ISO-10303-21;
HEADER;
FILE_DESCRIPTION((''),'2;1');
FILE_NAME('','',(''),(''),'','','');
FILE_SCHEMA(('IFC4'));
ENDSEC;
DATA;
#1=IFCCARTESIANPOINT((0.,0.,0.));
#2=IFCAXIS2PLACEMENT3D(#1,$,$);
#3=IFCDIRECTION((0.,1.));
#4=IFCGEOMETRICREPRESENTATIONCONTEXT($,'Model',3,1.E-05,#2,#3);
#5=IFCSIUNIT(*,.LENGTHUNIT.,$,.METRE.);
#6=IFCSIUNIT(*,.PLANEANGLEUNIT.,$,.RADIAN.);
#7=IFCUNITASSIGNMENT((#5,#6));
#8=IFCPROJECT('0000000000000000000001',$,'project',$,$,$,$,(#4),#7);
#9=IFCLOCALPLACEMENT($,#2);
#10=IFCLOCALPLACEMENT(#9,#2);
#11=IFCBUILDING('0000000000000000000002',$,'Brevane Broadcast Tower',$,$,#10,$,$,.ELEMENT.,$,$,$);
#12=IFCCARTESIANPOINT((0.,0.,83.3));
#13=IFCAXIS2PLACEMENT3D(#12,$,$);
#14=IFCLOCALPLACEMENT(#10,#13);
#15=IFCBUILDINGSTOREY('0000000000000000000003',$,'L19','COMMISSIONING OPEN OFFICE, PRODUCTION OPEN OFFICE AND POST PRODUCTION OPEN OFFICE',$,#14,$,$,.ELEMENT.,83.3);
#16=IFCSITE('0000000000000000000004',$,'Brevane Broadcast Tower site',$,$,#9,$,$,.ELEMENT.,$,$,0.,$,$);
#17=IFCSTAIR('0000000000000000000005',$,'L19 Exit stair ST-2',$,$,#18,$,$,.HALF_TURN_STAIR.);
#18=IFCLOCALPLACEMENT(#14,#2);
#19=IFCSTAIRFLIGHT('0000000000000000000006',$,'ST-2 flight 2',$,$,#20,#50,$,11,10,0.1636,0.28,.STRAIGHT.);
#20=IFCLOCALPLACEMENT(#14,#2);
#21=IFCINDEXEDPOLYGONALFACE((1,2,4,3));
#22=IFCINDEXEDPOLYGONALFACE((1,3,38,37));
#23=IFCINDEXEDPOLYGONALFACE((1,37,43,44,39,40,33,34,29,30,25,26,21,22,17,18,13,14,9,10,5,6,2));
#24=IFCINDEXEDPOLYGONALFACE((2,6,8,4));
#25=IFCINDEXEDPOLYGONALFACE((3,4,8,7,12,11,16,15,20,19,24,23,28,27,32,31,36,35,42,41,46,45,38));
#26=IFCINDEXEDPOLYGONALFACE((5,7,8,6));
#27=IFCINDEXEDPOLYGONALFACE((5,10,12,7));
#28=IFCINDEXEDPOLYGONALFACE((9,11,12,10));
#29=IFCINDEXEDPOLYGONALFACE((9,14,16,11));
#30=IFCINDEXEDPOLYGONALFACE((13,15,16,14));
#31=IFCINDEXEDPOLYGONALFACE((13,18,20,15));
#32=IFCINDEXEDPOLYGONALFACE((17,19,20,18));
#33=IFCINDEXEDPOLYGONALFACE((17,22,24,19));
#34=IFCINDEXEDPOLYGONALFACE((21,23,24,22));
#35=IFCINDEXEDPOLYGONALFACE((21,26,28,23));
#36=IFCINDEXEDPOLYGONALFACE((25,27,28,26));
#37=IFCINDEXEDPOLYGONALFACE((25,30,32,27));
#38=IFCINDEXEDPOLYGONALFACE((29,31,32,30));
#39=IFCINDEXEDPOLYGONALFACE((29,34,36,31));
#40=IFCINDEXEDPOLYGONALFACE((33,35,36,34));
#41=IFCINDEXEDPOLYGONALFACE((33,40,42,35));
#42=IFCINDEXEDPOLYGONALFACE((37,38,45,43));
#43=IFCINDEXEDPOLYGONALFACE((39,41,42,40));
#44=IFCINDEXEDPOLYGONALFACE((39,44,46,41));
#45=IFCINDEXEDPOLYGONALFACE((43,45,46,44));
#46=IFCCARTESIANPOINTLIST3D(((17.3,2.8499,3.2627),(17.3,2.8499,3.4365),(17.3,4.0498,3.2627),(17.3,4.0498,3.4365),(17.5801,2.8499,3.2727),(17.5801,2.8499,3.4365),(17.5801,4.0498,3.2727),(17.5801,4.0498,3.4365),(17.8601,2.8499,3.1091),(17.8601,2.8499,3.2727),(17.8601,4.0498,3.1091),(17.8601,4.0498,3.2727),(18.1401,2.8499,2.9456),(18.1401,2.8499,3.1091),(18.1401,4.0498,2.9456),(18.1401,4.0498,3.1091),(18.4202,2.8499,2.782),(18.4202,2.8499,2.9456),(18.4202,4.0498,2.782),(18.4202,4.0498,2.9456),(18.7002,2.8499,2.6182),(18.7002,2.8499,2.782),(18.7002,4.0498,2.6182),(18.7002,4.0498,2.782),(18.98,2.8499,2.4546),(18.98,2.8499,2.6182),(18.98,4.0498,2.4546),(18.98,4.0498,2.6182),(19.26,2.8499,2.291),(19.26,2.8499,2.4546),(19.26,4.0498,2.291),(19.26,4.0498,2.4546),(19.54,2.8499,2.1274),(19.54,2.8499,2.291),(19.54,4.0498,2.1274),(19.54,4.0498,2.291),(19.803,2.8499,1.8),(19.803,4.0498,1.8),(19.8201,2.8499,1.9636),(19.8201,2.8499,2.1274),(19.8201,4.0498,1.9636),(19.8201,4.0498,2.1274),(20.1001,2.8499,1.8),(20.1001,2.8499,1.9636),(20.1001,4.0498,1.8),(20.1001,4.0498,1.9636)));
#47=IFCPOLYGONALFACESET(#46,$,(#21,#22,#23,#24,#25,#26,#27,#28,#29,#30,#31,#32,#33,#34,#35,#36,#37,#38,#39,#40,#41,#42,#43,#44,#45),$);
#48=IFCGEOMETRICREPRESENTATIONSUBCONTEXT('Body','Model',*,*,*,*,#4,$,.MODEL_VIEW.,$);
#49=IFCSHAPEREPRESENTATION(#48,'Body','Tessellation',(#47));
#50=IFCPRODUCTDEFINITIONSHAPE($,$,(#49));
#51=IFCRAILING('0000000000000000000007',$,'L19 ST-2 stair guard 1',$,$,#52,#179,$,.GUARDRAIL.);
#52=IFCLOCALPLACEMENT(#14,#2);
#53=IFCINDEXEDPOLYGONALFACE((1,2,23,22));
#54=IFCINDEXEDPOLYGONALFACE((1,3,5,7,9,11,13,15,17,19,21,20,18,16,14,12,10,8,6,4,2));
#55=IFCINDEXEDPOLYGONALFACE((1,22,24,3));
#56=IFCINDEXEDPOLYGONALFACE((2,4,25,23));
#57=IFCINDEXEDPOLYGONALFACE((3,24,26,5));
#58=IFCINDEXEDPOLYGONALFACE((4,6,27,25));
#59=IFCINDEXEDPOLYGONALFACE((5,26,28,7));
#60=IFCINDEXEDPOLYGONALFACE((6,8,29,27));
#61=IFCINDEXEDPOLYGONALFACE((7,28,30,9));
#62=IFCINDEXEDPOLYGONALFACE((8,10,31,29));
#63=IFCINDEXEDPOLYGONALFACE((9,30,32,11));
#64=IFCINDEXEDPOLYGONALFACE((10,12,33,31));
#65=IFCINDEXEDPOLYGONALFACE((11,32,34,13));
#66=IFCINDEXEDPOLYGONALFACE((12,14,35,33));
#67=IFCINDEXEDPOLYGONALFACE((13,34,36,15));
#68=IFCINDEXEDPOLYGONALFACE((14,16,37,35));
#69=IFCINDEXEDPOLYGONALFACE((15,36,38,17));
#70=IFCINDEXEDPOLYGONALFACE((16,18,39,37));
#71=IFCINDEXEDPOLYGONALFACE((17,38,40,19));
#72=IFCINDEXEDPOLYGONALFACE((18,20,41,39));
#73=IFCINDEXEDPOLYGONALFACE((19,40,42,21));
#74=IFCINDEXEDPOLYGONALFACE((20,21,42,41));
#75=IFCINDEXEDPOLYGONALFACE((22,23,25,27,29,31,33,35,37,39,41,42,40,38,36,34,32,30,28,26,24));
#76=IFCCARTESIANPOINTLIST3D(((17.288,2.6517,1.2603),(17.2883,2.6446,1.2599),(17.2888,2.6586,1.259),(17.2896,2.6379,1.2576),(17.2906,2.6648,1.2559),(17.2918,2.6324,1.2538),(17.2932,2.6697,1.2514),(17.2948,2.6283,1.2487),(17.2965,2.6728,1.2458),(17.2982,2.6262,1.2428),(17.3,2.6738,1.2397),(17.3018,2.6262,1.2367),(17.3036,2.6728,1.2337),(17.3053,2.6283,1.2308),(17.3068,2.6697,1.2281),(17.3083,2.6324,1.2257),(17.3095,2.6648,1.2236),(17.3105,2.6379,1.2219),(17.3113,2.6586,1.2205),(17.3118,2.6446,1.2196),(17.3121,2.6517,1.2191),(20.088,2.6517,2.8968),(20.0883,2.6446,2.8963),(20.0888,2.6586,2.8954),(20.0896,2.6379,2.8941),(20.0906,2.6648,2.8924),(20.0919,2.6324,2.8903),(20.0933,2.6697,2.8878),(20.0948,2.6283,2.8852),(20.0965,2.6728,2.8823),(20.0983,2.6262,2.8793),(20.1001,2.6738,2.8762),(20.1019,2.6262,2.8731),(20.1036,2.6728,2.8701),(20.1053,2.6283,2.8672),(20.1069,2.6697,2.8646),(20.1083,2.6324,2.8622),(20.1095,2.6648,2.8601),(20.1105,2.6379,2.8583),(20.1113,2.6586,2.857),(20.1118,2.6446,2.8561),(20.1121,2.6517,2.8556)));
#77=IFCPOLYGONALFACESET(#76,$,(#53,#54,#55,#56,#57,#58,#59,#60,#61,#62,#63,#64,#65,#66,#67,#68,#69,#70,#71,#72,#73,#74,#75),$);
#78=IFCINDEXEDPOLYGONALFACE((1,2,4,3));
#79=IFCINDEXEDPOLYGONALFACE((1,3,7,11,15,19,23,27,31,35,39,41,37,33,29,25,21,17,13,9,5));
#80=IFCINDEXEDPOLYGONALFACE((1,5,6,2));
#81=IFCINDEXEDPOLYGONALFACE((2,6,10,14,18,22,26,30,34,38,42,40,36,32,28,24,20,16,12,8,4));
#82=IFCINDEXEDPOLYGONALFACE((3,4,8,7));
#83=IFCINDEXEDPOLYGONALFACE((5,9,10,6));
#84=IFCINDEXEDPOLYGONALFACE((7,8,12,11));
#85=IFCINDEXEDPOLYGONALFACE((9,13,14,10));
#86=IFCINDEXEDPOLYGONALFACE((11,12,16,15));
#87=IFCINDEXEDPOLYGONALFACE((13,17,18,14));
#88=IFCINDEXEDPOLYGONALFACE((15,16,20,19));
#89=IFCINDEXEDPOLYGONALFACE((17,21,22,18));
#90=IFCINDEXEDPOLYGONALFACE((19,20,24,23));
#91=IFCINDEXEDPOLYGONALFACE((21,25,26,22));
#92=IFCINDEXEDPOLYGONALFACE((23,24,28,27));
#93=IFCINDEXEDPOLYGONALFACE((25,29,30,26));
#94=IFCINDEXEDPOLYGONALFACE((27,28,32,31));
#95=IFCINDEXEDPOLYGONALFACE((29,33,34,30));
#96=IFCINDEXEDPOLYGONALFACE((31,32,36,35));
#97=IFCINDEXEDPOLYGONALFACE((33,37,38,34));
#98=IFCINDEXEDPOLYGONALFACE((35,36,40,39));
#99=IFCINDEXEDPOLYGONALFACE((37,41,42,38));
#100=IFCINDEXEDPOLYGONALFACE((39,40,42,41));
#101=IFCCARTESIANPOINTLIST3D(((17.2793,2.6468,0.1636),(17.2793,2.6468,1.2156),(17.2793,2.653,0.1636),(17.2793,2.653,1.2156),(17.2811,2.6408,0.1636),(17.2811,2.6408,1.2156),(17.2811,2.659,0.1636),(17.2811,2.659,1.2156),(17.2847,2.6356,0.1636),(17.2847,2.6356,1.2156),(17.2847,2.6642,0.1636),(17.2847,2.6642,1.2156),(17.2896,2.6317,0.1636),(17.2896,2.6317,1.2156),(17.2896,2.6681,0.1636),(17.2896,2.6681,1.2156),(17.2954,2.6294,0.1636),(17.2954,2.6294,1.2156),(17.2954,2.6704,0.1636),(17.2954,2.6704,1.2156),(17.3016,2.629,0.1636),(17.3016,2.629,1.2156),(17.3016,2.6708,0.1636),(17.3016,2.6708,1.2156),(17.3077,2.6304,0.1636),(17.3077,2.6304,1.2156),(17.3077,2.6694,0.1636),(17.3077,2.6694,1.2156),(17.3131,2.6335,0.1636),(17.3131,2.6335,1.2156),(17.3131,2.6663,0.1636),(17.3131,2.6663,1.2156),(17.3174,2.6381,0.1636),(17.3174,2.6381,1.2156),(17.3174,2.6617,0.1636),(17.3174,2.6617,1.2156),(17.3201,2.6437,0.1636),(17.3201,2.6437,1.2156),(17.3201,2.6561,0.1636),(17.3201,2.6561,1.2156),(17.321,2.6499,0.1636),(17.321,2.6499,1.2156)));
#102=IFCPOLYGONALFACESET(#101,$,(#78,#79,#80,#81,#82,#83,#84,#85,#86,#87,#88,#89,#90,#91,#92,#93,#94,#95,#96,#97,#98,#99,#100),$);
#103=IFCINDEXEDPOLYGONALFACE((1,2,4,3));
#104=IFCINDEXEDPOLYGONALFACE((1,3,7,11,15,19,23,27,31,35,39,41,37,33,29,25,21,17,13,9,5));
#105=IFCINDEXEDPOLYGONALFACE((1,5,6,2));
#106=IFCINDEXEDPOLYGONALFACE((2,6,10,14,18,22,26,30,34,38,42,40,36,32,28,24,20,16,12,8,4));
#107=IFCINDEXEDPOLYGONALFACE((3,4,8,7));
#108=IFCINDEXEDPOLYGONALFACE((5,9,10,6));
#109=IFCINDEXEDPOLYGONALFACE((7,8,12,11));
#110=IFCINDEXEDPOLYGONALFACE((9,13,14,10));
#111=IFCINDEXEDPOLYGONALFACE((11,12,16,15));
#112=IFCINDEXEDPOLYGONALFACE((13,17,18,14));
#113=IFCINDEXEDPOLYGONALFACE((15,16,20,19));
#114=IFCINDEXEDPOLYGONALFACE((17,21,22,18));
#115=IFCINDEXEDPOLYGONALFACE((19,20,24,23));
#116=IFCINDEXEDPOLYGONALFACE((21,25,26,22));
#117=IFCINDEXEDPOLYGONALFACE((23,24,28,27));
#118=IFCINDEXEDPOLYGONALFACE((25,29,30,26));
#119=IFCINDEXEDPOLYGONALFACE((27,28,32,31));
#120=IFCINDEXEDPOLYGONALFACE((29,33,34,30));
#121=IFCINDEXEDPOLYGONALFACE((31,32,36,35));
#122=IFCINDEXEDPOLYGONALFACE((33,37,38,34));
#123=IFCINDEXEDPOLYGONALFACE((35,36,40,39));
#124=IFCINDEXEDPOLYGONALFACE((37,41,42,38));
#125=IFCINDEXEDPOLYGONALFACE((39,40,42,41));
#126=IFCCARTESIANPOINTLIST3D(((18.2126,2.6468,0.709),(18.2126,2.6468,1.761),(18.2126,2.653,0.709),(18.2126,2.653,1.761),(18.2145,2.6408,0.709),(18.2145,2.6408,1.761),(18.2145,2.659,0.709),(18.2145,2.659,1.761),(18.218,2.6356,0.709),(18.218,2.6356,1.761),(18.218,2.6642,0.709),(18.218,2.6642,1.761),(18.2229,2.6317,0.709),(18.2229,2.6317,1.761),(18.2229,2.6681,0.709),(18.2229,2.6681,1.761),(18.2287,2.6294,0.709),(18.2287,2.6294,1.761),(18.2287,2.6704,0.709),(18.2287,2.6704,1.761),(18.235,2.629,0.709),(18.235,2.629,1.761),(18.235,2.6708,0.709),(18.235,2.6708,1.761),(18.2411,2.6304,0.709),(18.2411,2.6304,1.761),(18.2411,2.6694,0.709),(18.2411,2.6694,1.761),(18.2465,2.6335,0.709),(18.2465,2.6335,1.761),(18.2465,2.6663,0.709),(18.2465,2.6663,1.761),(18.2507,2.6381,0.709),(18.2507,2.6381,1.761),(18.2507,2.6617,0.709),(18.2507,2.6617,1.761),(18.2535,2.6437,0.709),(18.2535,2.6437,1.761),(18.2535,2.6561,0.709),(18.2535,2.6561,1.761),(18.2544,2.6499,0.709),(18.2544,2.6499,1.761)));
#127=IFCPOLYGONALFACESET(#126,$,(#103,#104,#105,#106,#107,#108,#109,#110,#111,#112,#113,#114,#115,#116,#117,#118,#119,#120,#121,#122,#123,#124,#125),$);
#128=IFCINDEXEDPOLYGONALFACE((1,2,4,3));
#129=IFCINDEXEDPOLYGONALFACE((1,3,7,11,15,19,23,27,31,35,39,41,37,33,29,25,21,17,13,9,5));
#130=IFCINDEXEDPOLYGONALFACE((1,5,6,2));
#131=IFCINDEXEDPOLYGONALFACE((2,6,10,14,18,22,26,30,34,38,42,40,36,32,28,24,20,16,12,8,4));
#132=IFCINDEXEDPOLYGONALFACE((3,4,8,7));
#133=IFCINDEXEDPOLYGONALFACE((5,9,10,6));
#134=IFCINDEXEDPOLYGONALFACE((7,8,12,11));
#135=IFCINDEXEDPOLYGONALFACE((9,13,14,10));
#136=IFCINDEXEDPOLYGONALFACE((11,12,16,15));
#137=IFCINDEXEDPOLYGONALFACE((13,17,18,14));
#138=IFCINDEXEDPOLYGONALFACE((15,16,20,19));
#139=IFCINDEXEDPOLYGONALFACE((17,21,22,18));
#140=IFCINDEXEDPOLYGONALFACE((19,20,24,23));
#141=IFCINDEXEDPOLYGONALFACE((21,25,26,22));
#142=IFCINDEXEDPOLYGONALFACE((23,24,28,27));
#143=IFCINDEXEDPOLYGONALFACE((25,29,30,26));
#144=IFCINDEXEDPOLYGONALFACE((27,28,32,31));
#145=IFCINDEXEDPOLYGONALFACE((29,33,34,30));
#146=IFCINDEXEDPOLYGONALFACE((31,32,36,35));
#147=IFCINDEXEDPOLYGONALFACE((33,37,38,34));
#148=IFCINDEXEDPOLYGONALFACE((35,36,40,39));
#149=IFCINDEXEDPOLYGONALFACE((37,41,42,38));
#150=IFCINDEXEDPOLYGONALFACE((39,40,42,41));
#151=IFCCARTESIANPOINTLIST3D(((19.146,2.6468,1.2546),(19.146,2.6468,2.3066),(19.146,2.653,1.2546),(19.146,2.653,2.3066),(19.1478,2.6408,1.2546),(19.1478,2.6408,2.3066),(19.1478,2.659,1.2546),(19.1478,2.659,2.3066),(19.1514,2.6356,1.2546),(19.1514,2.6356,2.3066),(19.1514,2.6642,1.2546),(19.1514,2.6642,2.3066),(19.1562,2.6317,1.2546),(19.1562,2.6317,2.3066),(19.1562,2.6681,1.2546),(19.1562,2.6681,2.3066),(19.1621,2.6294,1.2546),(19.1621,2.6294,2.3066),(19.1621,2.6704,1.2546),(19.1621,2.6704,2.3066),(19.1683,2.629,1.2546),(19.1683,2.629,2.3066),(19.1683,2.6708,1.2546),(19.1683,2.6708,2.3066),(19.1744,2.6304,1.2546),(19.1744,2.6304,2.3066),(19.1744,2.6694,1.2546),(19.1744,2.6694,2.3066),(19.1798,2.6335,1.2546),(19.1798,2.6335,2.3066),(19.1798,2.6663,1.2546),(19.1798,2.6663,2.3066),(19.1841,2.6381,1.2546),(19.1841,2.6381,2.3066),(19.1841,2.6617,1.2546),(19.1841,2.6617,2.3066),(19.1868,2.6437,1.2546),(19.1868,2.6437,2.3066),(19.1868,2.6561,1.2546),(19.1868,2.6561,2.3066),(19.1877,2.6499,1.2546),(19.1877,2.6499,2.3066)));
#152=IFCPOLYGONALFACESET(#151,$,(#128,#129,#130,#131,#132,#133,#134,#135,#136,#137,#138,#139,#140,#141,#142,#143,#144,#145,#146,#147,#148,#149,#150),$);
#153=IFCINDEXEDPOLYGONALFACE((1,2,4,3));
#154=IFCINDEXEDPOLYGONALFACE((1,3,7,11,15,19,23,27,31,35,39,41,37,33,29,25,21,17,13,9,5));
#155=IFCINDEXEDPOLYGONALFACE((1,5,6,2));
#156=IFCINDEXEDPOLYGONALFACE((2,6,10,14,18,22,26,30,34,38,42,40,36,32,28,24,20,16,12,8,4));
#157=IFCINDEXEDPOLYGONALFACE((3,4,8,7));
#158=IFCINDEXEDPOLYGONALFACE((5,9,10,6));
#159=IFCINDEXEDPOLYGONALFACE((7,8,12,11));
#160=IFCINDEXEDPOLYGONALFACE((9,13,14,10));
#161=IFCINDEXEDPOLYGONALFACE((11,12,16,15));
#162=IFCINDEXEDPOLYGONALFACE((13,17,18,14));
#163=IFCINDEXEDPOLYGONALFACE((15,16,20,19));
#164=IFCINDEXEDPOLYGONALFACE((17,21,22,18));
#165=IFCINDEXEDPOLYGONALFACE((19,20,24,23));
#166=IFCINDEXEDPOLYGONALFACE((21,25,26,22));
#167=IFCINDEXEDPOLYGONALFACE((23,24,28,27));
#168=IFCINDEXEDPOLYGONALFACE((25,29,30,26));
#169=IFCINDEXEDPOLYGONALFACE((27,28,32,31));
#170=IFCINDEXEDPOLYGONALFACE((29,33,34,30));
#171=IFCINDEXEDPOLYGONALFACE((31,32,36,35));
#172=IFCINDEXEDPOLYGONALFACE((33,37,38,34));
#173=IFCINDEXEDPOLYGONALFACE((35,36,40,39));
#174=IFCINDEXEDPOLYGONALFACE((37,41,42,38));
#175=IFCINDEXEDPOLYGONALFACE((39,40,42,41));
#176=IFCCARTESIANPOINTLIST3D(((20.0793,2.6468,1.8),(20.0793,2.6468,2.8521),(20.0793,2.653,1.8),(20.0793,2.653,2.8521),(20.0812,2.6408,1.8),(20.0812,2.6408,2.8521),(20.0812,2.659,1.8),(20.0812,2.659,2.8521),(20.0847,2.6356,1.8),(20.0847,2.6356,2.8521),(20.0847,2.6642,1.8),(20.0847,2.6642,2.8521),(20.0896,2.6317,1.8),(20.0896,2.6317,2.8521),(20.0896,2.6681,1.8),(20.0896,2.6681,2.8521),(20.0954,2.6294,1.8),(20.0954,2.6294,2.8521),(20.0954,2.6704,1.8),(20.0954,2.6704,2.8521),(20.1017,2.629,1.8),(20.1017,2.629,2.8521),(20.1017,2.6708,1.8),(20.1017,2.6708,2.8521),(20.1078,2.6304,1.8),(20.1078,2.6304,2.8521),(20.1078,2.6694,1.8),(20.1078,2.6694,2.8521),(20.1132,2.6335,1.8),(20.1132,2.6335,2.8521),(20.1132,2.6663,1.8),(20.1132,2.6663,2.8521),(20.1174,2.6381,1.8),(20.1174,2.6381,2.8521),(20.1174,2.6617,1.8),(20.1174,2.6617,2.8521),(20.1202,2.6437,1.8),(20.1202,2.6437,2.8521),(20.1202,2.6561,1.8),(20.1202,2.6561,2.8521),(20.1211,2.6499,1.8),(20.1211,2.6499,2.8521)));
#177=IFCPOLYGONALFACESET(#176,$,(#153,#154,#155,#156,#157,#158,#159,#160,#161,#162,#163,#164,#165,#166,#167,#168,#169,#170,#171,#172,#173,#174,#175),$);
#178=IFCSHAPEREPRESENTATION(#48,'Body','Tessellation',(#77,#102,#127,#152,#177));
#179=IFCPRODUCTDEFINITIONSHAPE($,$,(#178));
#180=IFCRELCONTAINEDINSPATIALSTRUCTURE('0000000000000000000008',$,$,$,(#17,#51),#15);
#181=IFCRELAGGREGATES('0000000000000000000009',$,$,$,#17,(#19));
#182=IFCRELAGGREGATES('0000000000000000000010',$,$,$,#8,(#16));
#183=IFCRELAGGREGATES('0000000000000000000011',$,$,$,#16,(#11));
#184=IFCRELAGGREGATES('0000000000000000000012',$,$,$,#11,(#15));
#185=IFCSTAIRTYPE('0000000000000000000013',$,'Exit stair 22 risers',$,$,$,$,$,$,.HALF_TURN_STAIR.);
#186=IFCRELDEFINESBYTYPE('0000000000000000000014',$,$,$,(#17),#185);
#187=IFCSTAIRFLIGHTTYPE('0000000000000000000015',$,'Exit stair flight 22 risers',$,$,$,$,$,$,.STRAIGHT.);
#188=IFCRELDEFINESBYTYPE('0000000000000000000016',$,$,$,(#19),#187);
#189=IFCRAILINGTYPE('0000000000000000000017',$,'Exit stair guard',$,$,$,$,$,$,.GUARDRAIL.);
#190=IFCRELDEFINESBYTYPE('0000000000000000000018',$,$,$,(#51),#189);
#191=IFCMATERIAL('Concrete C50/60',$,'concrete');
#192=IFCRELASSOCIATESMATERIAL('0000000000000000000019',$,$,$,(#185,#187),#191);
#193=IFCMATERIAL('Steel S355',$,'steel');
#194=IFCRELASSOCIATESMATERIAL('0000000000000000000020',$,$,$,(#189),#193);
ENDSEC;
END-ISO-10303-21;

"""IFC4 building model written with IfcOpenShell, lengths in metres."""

from ifc_helpers import new_model, si_unit, direction, frame, origin, origin_2d, place, context, subcontext, project, spatial, polyline, circle, outline, extrude, material, type_object, element, aggregate, save


model = new_model("IFC4")

# Units and contexts
model_context = context("Model", 3, precision=1e-05, world=origin(), true_north=direction((0.0, 1.0)))
body_context = subcontext(model_context, "Body", "Model", "MODEL_VIEW")
ifc_project = project(units=[si_unit("LENGTHUNIT", "METRE"), si_unit("PLANEANGLEUNIT", "RADIAN")], contexts=[model_context])

# Site, building, storey
site_placement = place(None, origin())
site = spatial("IfcSite", under=ifc_project, at=site_placement, Name="Brevane Broadcast Tower site", CompositionType="ELEMENT", RefElevation=0.0)
building_placement = place(site_placement, origin())
building = spatial("IfcBuilding", under=site, at=building_placement, Name="Brevane Broadcast Tower", CompositionType="ELEMENT")
storey_placement = place(building_placement, frame((0.0, 0.0, 83.3)))
storey = spatial("IfcBuildingStorey", under=building, at=storey_placement, Name="L19", Description="COMMISSIONING OPEN OFFICE, PRODUCTION OPEN OFFICE AND POST PRODUCTION OPEN OFFICE", CompositionType="ELEMENT", Elevation=83.3)

# Stair, stair flight
ifc_material_1 = material(Name="Concrete C50/60", Category="concrete")
stair_type = type_object("IfcStairType", Name="Exit stair 22 risers", PredefinedType="HALF_TURN_STAIR", material=ifc_material_1)
stair_placement = place(storey_placement, origin())
stair = element("IfcStair", 1, at=stair_placement, inside=storey, type_object=stair_type, Name="L19 Exit stair ST-2", PredefinedType="HALF_TURN_STAIR")
stair_flight_type = type_object("IfcStairFlightType", Name="Exit stair flight 22 risers", PredefinedType="STRAIGHT", material=ifc_material_1)
stair_flight_1_placement = place(storey_placement, frame((20.1001, 3.45, 1.8), z_axis=(0.0, 0.0, 1.0), x_axis=(-1.0, 0.0, 0.0)))
stair_flight_1 = element("IfcStairFlight", 2, at=stair_flight_1_placement, type_object=stair_flight_type, Name="ST-2 flight 2", NumberOfRisers=11, NumberOfTreads=10, PredefinedType="STRAIGHT", RiserHeight=0.1636, TreadLength=0.28, context=body_context, shape_type="SweptSolid", body=[
    extrude(outline(polyline([(0.0, 0.0), (0.0, 0.1636), (0.28, 0.1636), (0.28, 0.3274), (0.5601, 0.3274), (0.5601, 0.491), (0.8401, 0.491), (0.8401, 0.6545), (1.1201, 0.6545), (1.1201, 0.8181), (1.3999, 0.8181), (1.3999, 0.9819), (1.6799, 0.9819), (1.6799, 1.1455), (1.96, 1.1455), (1.96, 1.3091), (2.24, 1.3091), (2.24, 1.4727), (2.52, 1.4727), (2.52, 1.6365), (2.8, 1.6365), (2.8, 1.8), (2.8, 1.4626), (0.2971, 0.0), (0.0, 0.0)])), frame((0.0, 0.6001, 0.0), z_axis=(0.0, -1.0, 0.0), x_axis=(1.0, 0.0, 0.0)), (0.0, 0.0, 1.0), 1.2),
])
aggregate(stair, [stair_flight_1])

# Railing
ifc_material_2 = material(Name="Steel S355", Category="steel")
railing_type_1 = type_object("IfcRailingType", Name="Exit stair guard", PredefinedType="GUARDRAIL", material=ifc_material_2)
railing_1_placement = place(storey_placement, frame((17.3, 2.6499, 0.1636)))
element("IfcRailing", 3, at=railing_1_placement, inside=storey, type_object=railing_type_1, Name="L19 ST-2 stair guard 1", PredefinedType="GUARDRAIL", context=body_context, shape_type="SweptSolid", body=[
    extrude(circle(Radius=0.0239, at=origin_2d()), frame((0.0, 0.0, 1.0762), z_axis=(0.863361, 0.0, 0.504587), x_axis=(0.0, 1.0, 0.0)), (0.0, 0.0, 1.0), 3.2432),
    extrude(circle(Radius=0.021, at=origin_2d()), origin(), (0.0, 0.0, 1.0), 1.052),
    extrude(circle(Radius=0.021, at=origin_2d()), frame((0.9333, 0.0, 0.5454)), (0.0, 0.0, 1.0), 1.052),
    extrude(circle(Radius=0.021, at=origin_2d()), frame((1.8667, 0.0, 1.0911)), (0.0, 0.0, 1.0), 1.052),
    extrude(circle(Radius=0.021, at=origin_2d()), frame((2.8, 0.0, 1.6365)), (0.0, 0.0, 1.0), 1.052),
])

save(model, "model.ifc")
